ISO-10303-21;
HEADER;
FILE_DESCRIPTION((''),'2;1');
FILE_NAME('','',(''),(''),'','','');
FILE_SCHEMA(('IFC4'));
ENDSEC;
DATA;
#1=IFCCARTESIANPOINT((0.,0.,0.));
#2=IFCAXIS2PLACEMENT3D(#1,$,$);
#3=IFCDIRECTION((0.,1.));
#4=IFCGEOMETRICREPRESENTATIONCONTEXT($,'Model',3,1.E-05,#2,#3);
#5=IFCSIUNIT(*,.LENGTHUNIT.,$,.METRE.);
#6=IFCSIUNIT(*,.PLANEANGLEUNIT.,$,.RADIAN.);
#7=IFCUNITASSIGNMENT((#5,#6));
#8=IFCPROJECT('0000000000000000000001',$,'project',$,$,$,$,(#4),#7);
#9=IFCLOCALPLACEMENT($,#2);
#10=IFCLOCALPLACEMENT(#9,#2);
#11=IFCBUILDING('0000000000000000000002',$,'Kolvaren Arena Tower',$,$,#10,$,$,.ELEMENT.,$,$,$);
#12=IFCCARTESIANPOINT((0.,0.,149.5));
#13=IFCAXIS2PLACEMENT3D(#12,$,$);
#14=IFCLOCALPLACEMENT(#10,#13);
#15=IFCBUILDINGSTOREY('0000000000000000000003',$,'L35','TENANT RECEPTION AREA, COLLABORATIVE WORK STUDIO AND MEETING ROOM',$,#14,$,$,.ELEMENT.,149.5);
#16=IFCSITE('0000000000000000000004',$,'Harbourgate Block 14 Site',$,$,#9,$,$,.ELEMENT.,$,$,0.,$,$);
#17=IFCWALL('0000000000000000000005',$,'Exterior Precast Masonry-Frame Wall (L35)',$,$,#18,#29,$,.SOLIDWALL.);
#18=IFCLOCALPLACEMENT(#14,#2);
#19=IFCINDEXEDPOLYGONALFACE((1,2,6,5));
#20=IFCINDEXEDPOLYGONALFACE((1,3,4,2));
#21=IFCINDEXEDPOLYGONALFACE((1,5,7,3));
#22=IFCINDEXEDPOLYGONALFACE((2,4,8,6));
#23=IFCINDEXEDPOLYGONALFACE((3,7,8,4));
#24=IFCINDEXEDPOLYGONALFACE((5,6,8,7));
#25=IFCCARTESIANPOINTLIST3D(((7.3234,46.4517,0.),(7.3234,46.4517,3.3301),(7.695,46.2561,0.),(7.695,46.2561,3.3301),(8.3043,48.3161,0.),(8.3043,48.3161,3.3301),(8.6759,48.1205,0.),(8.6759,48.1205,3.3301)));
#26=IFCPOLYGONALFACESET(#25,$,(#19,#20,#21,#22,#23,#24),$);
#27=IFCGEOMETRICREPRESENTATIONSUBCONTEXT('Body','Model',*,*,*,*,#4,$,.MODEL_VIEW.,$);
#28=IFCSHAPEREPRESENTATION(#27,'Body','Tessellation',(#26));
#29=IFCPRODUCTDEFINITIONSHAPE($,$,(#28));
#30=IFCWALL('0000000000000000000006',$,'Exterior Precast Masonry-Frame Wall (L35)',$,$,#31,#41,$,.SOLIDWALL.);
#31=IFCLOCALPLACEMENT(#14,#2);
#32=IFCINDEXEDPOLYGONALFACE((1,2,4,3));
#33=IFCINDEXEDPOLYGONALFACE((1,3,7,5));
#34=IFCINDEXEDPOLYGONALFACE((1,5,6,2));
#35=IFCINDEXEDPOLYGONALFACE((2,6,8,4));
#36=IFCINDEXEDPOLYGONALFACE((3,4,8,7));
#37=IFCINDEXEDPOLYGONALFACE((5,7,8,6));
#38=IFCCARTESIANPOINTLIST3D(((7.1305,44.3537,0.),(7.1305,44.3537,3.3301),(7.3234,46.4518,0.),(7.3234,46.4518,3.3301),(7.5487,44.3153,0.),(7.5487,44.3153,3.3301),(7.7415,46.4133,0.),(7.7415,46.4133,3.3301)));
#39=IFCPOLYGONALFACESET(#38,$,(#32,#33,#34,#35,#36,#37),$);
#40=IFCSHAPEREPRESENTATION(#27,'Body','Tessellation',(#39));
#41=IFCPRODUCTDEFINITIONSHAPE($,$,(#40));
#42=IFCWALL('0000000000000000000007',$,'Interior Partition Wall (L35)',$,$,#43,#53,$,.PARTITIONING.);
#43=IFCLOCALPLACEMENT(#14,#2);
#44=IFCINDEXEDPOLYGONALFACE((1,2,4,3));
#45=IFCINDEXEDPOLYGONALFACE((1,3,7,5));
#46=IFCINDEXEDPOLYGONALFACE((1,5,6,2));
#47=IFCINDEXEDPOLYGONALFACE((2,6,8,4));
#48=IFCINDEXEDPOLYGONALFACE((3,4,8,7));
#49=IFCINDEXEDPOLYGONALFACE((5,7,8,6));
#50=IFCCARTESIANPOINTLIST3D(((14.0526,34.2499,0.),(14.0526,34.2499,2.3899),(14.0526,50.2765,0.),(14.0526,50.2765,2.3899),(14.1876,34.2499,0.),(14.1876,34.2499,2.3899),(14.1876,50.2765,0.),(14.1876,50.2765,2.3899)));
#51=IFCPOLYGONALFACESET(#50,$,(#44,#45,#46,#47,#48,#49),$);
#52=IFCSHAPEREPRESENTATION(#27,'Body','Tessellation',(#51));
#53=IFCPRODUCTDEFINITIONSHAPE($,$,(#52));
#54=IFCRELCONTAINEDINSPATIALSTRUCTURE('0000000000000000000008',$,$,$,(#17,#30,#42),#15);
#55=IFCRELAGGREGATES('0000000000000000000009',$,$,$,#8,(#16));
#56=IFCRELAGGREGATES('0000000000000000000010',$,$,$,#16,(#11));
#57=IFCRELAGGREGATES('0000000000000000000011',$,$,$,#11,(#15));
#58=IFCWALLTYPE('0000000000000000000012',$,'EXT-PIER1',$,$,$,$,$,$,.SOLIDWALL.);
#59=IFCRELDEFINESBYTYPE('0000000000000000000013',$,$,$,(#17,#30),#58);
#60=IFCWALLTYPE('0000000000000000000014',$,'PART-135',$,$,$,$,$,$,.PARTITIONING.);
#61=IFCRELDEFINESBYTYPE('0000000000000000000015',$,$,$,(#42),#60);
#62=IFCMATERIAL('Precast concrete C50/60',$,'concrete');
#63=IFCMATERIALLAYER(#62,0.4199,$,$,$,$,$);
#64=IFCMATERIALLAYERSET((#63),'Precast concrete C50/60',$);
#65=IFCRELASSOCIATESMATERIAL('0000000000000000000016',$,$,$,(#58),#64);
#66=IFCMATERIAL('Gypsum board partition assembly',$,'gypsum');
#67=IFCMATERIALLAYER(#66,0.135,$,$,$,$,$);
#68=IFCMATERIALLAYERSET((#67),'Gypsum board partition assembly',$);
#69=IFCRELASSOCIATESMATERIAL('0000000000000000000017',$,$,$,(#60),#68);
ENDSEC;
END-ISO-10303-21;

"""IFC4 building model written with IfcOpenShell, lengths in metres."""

from ifc_helpers import new_model, si_unit, direction, frame, frame_2d, origin, place, context, subcontext, project, spatial, rectangle, extrude, material, layer, layer_set, type_object, element, save


model = new_model("IFC4")

# Units and contexts
model_context = context("Model", 3, precision=1e-05, world=origin(), true_north=direction((0.0, 1.0)))
body_context = subcontext(model_context, "Body", "Model", "MODEL_VIEW")
ifc_project = project(units=[si_unit("LENGTHUNIT", "METRE"), si_unit("PLANEANGLEUNIT", "RADIAN")], contexts=[model_context])

# Site, building, storey
site_placement = place(None, origin())
site = spatial("IfcSite", under=ifc_project, at=site_placement, Name="Harbourgate Block 14 Site", CompositionType="ELEMENT", RefElevation=0.0)
building_placement = place(site_placement, origin())
building = spatial("IfcBuilding", under=site, at=building_placement, Name="Kolvaren Arena Tower", CompositionType="ELEMENT")
storey_placement = place(building_placement, frame((0.0, 0.0, 149.5)))
storey = spatial("IfcBuildingStorey", under=building, at=storey_placement, Name="L35", Description="TENANT RECEPTION AREA, COLLABORATIVE WORK STUDIO AND MEETING ROOM", CompositionType="ELEMENT", Elevation=149.5)

# Shared definitions
ifc_material_1 = material(Name="Precast concrete C50/60", Category="concrete")
ifc_layer_1 = layer(ifc_material_1, 0.4199)
ifc_layer_set_1 = layer_set([ifc_layer_1], Name="Precast concrete C50/60")
wall_type_1 = type_object("IfcWallType", Name="EXT-PIER1", PredefinedType="SOLIDWALL", material=ifc_layer_set_1)

# Walls
wall_1_placement = place(storey_placement, frame((7.5093, 46.354, 0.0), z_axis=(0.0, 0.0, 1.0), x_axis=(0.465613, 0.884989, 0.0)))
element("IfcWall", 1, at=wall_1_placement, inside=storey, type_object=wall_type_1, Name="Exterior Precast Masonry-Frame Wall (L35)", PredefinedType="SOLIDWALL", context=body_context, shape_type="SweptSolid", body=[
    extrude(rectangle(XDim=2.1067, YDim=0.4199, at=frame_2d((1.0532, 0.0))), origin(), (0.0, 0.0, 1.0), 3.3301),
])
wall_2_placement = place(storey_placement, frame((7.3396, 44.3345, 0.0), z_axis=(0.0, 0.0, 1.0), x_axis=(0.091539, 0.995802, 0.0)))
element("IfcWall", 2, at=wall_2_placement, inside=storey, type_object=wall_type_1, Name="Exterior Precast Masonry-Frame Wall (L35)", PredefinedType="SOLIDWALL", context=body_context, shape_type="SweptSolid", body=[
    extrude(rectangle(XDim=2.1069, YDim=0.4199, at=frame_2d((1.0535, 0.0))), origin(), (0.0, 0.0, 1.0), 3.3301),
])
ifc_material_2 = material(Name="Gypsum board partition assembly", Category="gypsum")
ifc_layer_2 = layer(ifc_material_2, 0.135)
ifc_layer_set_2 = layer_set([ifc_layer_2], Name="Gypsum board partition assembly")
wall_type_2 = type_object("IfcWallType", Name="PART-135", PredefinedType="PARTITIONING", material=ifc_layer_set_2)
wall_3_placement = place(storey_placement, frame((14.1201, 34.25, 0.0), z_axis=(0.0, 0.0, 1.0), x_axis=(0.0, 1.0, 0.0)))
element("IfcWall", 3, at=wall_3_placement, inside=storey, type_object=wall_type_2, Name="Interior Partition Wall (L35)", PredefinedType="PARTITIONING", context=body_context, shape_type="SweptSolid", body=[
    extrude(rectangle(XDim=16.0266, YDim=0.135, at=frame_2d((8.0132, 0.0))), origin(), (0.0, 0.0, 1.0), 2.3899),
])

save(model, "model.ifc")
